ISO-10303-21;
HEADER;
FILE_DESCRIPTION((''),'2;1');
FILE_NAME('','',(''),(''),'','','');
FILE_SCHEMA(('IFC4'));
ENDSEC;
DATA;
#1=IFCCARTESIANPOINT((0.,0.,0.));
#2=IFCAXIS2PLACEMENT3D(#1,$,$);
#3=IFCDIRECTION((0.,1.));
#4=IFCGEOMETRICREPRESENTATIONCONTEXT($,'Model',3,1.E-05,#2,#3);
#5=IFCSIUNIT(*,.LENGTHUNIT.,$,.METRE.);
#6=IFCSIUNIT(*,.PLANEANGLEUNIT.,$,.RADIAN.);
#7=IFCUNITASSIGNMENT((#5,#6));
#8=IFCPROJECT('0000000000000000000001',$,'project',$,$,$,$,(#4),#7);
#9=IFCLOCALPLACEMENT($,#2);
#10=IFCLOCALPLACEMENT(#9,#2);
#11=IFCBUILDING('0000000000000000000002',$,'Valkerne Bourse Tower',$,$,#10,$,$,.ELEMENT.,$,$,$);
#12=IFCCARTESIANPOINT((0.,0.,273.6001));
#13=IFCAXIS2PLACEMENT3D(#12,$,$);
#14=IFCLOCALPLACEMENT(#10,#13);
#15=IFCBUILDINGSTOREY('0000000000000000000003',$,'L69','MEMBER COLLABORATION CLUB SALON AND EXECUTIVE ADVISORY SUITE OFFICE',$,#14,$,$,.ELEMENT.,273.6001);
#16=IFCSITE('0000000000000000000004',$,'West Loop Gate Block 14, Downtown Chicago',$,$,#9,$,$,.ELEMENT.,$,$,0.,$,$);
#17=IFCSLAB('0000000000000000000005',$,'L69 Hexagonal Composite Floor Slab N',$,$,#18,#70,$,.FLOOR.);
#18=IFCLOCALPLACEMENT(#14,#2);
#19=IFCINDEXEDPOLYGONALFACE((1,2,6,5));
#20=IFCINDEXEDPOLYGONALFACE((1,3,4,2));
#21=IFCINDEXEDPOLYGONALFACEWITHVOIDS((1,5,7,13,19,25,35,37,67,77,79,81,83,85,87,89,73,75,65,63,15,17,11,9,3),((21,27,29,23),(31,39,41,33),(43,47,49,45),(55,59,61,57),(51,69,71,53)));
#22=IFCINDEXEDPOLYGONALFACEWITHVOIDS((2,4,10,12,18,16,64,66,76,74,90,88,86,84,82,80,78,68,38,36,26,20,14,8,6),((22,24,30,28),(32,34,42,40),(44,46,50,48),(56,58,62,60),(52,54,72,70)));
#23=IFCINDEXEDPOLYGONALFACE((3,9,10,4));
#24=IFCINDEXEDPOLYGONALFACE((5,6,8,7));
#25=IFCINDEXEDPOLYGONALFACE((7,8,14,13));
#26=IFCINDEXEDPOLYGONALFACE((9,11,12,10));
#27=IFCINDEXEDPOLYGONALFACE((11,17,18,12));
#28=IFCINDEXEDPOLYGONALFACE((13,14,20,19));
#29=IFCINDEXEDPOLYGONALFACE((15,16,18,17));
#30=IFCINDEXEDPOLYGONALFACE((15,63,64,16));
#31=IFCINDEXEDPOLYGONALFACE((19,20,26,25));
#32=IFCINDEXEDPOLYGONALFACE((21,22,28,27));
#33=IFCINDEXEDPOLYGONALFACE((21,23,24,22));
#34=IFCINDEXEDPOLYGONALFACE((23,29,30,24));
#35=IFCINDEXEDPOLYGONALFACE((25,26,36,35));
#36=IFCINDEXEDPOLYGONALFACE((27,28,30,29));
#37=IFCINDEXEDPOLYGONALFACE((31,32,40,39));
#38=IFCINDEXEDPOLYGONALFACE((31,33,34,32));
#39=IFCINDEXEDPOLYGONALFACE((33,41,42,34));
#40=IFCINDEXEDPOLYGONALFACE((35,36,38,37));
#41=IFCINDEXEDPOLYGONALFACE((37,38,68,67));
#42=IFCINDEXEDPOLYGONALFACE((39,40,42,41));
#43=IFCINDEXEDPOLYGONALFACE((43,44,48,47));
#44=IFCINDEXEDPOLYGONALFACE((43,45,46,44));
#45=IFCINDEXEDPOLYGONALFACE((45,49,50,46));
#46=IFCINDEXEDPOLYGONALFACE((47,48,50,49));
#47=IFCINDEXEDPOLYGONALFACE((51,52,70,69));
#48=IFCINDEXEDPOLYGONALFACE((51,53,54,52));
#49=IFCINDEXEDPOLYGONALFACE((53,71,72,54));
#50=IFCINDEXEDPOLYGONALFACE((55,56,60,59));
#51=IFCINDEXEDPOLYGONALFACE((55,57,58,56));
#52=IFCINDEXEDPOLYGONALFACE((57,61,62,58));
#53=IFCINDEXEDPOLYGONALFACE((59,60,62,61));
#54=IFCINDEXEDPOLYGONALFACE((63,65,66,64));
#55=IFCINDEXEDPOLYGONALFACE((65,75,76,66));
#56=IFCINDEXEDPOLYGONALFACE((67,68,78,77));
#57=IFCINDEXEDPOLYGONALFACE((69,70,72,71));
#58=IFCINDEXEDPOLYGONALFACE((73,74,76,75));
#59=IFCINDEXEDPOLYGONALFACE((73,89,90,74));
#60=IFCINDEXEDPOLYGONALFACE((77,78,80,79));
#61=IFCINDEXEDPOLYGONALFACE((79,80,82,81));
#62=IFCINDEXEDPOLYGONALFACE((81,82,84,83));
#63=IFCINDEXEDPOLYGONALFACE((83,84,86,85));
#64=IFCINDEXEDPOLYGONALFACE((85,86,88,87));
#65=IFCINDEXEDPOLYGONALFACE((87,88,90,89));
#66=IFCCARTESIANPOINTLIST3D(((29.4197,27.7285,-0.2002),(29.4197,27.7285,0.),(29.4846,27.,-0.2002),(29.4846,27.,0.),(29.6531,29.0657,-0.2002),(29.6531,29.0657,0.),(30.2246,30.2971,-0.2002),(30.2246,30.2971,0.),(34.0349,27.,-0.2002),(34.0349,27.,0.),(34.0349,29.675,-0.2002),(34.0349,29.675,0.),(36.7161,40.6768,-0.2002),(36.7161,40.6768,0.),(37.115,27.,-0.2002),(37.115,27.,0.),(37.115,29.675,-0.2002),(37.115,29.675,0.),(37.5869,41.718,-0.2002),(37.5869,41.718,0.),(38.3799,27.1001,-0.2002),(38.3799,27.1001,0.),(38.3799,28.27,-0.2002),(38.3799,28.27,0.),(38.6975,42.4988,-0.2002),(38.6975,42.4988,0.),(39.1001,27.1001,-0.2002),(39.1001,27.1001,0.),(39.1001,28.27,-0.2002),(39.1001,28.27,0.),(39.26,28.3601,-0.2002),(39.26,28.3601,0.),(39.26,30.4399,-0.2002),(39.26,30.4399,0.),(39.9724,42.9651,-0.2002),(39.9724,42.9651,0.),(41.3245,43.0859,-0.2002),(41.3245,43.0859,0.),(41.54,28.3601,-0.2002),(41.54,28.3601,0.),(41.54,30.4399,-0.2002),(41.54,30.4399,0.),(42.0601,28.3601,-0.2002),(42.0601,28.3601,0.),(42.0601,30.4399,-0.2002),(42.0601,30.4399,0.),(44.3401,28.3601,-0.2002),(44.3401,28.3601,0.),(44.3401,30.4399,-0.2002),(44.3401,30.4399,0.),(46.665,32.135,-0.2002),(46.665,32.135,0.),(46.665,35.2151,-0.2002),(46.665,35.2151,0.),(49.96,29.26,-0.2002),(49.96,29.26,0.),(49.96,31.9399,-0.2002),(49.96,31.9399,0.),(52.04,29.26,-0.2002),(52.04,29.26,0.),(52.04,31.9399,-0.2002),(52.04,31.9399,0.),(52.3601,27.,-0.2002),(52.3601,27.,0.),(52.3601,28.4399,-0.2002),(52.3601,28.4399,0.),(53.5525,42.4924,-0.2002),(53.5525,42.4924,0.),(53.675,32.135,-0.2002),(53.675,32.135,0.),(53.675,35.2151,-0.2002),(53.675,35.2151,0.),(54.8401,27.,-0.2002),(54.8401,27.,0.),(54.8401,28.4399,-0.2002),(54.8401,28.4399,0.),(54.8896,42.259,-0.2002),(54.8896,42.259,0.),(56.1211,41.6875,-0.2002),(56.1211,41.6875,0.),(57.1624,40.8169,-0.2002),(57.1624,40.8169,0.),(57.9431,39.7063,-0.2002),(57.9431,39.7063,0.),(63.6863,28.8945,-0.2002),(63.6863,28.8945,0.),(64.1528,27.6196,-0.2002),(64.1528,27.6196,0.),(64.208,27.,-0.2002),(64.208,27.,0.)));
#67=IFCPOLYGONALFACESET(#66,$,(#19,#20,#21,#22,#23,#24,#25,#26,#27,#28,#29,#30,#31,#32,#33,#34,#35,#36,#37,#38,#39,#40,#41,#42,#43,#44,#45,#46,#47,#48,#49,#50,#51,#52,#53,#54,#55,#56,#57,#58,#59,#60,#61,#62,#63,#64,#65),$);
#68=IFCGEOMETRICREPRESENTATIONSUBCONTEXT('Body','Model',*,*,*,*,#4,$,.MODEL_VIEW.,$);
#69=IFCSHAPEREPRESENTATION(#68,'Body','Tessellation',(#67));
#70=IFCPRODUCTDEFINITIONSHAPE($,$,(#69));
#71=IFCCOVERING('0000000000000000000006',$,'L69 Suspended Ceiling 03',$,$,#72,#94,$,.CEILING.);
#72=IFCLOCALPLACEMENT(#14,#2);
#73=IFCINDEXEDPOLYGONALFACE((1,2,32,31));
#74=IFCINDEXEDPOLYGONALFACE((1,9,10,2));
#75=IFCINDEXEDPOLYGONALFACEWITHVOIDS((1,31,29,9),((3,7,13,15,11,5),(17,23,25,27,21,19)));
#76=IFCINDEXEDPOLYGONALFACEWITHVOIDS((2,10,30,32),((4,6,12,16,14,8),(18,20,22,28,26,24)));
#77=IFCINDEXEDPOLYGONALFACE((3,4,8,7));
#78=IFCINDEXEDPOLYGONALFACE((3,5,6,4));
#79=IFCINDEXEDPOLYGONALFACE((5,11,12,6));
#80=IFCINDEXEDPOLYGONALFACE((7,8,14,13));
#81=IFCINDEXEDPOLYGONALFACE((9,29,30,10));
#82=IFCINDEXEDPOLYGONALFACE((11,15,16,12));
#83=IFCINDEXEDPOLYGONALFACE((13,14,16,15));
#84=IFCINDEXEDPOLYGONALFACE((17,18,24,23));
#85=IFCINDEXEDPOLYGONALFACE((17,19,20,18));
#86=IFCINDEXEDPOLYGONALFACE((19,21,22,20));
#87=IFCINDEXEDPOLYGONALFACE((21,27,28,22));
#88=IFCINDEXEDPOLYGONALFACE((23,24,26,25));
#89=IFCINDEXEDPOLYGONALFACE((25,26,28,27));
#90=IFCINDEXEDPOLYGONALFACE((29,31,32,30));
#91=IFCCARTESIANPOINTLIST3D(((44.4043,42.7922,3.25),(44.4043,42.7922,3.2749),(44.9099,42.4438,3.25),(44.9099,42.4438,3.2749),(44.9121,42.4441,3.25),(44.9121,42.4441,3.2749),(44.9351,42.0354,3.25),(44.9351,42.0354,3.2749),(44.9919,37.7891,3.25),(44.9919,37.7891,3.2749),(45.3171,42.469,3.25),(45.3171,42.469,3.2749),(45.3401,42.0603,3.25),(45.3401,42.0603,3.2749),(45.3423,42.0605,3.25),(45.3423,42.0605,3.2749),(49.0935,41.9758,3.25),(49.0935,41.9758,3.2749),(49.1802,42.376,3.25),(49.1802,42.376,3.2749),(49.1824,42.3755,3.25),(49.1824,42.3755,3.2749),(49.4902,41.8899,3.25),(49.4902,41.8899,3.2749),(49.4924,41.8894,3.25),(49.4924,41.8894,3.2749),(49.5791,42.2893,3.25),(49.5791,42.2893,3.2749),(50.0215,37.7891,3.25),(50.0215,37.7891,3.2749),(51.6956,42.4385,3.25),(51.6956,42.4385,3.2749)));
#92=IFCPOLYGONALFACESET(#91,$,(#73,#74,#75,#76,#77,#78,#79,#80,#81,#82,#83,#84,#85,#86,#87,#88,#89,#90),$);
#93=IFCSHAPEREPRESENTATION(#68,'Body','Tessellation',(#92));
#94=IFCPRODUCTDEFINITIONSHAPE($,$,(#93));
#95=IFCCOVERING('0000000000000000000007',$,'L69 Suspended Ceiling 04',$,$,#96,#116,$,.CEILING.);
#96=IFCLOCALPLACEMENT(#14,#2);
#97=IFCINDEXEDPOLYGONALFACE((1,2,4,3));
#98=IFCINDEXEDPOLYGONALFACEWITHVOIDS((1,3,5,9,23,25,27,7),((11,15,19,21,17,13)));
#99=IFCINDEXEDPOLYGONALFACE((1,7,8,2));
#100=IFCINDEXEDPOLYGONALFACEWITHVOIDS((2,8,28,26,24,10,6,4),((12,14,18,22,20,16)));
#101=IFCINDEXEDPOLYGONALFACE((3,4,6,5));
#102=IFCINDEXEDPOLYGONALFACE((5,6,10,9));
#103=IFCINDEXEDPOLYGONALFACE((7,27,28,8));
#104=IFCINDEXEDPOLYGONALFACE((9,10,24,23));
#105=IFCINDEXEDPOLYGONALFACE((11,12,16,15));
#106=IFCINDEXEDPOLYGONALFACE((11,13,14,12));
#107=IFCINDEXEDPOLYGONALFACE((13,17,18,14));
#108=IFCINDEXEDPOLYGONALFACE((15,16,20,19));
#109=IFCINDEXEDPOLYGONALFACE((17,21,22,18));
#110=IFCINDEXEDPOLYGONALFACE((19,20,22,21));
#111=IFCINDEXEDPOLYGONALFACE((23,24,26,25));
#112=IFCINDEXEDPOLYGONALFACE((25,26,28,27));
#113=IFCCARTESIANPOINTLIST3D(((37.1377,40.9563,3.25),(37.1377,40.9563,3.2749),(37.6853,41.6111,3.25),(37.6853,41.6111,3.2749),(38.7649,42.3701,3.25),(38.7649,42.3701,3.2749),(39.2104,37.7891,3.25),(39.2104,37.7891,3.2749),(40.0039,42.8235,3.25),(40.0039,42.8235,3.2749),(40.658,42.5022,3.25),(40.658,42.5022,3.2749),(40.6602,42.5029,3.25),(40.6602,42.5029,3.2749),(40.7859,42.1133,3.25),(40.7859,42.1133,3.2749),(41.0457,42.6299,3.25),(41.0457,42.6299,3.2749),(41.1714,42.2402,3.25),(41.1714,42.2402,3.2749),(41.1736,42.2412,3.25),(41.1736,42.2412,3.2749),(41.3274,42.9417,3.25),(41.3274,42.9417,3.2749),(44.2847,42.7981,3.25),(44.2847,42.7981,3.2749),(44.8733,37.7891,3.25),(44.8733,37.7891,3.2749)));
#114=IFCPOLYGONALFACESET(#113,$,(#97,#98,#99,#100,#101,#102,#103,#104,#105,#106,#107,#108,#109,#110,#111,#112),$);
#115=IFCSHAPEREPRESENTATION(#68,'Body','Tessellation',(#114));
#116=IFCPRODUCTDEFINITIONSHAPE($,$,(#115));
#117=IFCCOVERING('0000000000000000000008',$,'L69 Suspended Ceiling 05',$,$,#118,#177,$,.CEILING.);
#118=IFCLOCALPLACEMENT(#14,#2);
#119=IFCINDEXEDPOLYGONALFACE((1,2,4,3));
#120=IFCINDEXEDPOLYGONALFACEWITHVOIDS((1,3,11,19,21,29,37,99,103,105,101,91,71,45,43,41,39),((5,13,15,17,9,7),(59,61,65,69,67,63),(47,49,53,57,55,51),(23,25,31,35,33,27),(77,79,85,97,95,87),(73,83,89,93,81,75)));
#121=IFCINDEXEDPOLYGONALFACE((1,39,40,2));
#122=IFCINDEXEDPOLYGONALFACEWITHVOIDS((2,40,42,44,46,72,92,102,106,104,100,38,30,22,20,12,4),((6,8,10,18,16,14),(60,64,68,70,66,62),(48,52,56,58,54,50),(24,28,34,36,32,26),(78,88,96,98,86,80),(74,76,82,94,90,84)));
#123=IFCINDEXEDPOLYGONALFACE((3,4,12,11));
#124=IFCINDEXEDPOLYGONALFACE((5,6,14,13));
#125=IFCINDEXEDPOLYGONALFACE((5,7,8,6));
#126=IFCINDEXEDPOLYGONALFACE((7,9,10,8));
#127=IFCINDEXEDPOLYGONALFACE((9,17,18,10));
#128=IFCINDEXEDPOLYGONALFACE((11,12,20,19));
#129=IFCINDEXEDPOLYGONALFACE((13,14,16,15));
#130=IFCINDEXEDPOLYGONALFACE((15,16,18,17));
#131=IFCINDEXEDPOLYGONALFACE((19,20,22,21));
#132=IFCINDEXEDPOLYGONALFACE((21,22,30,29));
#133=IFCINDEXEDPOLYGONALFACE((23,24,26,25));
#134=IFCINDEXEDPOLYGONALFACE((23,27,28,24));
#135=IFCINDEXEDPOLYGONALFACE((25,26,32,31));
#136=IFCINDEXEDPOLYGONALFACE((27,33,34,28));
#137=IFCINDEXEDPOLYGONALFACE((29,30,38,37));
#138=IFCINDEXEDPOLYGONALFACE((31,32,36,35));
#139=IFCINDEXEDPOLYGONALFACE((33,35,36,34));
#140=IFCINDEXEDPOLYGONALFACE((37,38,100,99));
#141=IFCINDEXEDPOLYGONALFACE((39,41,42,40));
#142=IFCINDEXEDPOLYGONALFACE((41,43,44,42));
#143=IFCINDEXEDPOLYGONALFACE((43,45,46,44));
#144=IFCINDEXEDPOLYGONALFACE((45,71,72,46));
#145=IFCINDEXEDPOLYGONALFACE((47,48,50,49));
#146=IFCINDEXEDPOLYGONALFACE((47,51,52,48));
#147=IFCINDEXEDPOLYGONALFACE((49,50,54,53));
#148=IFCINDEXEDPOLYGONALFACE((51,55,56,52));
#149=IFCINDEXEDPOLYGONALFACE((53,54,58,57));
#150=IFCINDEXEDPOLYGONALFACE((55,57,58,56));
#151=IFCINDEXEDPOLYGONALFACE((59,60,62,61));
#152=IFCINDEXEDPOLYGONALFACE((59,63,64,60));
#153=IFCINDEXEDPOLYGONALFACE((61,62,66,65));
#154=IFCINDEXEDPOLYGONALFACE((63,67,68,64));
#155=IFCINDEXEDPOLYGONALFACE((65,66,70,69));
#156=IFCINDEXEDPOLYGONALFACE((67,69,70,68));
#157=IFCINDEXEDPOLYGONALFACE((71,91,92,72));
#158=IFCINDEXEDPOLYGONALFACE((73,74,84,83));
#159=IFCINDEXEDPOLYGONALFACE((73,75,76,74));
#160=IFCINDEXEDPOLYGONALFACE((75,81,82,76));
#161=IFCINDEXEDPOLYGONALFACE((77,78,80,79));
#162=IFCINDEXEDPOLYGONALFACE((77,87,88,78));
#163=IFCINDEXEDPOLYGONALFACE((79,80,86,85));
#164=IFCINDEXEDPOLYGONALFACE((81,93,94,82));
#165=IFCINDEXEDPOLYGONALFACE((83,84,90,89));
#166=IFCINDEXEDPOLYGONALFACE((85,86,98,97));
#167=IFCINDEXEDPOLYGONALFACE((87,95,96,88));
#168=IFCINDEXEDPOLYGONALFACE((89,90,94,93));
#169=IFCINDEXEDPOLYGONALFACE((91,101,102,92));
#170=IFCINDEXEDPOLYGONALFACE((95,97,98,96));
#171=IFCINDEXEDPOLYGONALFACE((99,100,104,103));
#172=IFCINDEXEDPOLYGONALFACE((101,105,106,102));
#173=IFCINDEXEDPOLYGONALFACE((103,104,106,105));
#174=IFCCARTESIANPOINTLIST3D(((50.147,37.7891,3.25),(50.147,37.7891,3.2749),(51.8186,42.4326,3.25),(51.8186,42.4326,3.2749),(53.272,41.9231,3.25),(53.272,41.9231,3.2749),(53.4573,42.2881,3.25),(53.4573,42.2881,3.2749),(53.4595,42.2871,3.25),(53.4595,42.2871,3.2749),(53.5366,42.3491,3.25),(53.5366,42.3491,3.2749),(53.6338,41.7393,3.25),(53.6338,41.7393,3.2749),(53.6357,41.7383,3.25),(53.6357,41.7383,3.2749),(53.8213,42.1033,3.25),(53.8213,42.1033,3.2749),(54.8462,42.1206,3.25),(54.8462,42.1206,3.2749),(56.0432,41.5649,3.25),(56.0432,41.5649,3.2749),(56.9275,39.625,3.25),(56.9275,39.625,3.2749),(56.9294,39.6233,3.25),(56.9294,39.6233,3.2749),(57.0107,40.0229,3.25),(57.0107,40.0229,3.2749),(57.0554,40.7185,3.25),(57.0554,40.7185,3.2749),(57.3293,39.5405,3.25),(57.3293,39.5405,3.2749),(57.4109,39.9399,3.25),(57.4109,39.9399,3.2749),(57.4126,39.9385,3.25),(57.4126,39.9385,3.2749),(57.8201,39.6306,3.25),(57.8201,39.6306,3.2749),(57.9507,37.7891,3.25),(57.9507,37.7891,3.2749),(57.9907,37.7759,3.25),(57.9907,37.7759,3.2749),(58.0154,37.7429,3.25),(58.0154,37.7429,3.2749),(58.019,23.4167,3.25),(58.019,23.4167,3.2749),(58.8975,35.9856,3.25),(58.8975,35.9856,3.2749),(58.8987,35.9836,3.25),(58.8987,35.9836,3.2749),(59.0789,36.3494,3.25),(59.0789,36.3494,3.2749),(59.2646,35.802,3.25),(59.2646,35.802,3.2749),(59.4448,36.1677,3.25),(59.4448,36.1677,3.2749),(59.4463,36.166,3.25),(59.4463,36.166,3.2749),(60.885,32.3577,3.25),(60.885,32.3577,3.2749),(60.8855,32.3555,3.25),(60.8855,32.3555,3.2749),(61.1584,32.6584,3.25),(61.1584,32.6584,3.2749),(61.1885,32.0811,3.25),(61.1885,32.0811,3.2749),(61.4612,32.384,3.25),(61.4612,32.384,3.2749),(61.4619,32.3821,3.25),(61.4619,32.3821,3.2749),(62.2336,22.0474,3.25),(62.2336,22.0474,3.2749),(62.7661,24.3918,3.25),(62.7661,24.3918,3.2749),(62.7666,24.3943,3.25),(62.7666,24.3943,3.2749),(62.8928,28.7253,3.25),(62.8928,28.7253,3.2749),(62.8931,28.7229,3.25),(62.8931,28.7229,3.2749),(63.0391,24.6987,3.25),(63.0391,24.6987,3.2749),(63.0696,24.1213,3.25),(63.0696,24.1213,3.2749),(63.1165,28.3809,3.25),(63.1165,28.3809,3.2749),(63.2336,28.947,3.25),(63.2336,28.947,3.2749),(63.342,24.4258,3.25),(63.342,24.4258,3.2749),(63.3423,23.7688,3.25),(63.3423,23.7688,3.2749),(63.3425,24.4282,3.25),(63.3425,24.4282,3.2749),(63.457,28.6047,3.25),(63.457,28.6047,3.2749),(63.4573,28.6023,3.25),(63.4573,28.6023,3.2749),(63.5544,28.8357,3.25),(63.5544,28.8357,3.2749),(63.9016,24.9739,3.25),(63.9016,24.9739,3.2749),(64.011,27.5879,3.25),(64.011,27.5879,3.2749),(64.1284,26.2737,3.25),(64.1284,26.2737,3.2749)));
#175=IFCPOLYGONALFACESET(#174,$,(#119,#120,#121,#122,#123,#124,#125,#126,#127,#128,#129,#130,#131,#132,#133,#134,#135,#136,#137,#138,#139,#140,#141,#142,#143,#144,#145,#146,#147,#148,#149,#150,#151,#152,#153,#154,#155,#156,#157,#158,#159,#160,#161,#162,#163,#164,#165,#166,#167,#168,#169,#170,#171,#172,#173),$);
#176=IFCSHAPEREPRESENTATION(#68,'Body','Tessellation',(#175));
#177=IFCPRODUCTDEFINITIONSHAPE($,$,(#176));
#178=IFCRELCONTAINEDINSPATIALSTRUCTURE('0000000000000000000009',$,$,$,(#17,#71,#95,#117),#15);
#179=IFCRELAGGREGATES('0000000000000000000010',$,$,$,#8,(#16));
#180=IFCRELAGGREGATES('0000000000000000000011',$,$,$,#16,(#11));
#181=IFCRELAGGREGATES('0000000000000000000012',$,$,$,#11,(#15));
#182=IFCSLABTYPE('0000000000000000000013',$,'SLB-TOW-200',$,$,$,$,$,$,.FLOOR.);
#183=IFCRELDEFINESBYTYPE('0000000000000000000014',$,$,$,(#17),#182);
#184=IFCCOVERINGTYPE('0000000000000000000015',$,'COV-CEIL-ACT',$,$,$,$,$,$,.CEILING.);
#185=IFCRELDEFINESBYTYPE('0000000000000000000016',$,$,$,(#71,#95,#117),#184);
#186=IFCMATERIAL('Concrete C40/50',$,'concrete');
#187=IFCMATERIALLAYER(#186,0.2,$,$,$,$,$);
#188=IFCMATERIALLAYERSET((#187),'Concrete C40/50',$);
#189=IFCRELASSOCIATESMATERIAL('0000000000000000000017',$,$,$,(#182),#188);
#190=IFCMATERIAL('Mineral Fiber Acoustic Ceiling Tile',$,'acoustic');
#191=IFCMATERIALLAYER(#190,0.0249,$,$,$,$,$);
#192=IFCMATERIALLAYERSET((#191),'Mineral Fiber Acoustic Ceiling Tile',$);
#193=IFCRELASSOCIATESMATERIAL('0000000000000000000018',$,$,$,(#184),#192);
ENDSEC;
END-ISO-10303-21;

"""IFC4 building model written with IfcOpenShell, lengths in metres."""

from ifc_helpers import new_model, si_unit, direction, frame, origin, place, context, subcontext, project, spatial, polyline, outline, extrude, material, layer, layer_set, type_object, element, save


model = new_model("IFC4")

# Units and contexts
model_context = context("Model", 3, precision=1e-05, world=origin(), true_north=direction((0.0, 1.0)))
body_context = subcontext(model_context, "Body", "Model", "MODEL_VIEW")
ifc_project = project(units=[si_unit("LENGTHUNIT", "METRE"), si_unit("PLANEANGLEUNIT", "RADIAN")], contexts=[model_context])

# Site, building, storey
site_placement = place(None, origin())
site = spatial("IfcSite", under=ifc_project, at=site_placement, Name="West Loop Gate Block 14, Downtown Chicago", CompositionType="ELEMENT", RefElevation=0.0)
building_placement = place(site_placement, origin())
building = spatial("IfcBuilding", under=site, at=building_placement, Name="Valkerne Bourse Tower", CompositionType="ELEMENT")
storey_placement = place(building_placement, frame((0.0, 0.0, 273.6001)))
storey = spatial("IfcBuildingStorey", under=building, at=storey_placement, Name="L69", Description="MEMBER COLLABORATION CLUB SALON AND EXECUTIVE ADVISORY SUITE OFFICE", CompositionType="ELEMENT", Elevation=273.6001)

# Shared definitions
ifc_material_1 = material(Name="Concrete C40/50", Category="concrete")

# Slab
ifc_layer_1 = layer(ifc_material_1, 0.2)
ifc_layer_set_1 = layer_set([ifc_layer_1], Name="Concrete C40/50")
slab_type_1 = type_object("IfcSlabType", Name="SLB-TOW-200", PredefinedType="FLOOR", material=ifc_layer_set_1)
slab_1_placement = place(storey_placement, frame((0.0, 0.0, -0.2002)))
element("IfcSlab", 1, at=slab_1_placement, inside=storey, type_object=slab_type_1, Name="L69 Hexagonal Composite Floor Slab N", PredefinedType="FLOOR", context=body_context, shape_type="SweptSolid", body=[
    extrude(outline(polyline([(64.1528, 27.6196), (64.208, 27.0), (54.8401, 27.0), (54.8401, 28.4399), (52.3601, 28.4399), (52.3601, 27.0), (37.115, 27.0), (37.115, 29.675), (34.0349, 29.675), (34.0349, 27.0), (29.4846, 27.0), (29.4197, 27.7285), (29.6531, 29.0657), (30.2246, 30.2971), (36.7161, 40.6768), (37.5869, 41.718), (38.6975, 42.4988), (39.9724, 42.9651), (41.3245, 43.0859), (53.5525, 42.4924), (54.8896, 42.259), (56.1211, 41.6875), (57.1624, 40.8169), (57.9431, 39.7063), (63.6863, 28.8945), (64.1528, 27.6196)]), holes=[polyline([(39.1001, 28.27), (38.3799, 28.27), (38.3799, 27.1001), (39.1001, 27.1001), (39.1001, 28.27)]), polyline([(41.54, 30.4399), (39.26, 30.4399), (39.26, 28.3601), (41.54, 28.3601), (41.54, 30.4399)]), polyline([(42.0601, 30.4399), (42.0601, 28.3601), (44.3401, 28.3601), (44.3401, 30.4399), (42.0601, 30.4399)]), polyline([(52.04, 31.9399), (49.96, 31.9399), (49.96, 29.26), (52.04, 29.26), (52.04, 31.9399)]), polyline([(53.675, 35.2151), (46.665, 35.2151), (46.665, 32.135), (53.675, 32.135), (53.675, 35.2151)])]), origin(), (0.0, 0.0, 1.0), 0.2002),
])

# Coverings
ifc_material_2 = material(Name="Mineral Fiber Acoustic Ceiling Tile", Category="acoustic")
ifc_layer_2 = layer(ifc_material_2, 0.0249)
ifc_layer_set_2 = layer_set([ifc_layer_2], Name="Mineral Fiber Acoustic Ceiling Tile")
covering_type_1 = type_object("IfcCoveringType", Name="COV-CEIL-ACT", PredefinedType="CEILING", material=ifc_layer_set_2)
covering_1_placement = place(storey_placement, frame((0.0, 0.0, 3.25)))
element("IfcCovering", 2, at=covering_1_placement, inside=storey, type_object=covering_type_1, Name="L69 Suspended Ceiling 03", PredefinedType="CEILING", context=body_context, shape_type="SweptSolid", body=[
    extrude(outline(polyline([(44.9919, 37.7891), (44.4043, 42.7922), (51.6956, 42.4385), (50.0215, 37.7891), (44.9919, 37.7891)]), holes=[polyline([(45.3401, 42.0603), (45.3423, 42.0605), (45.3171, 42.469), (44.9121, 42.4441), (44.9099, 42.4438), (44.9351, 42.0354), (45.3401, 42.0603)]), polyline([(49.5791, 42.2893), (49.1824, 42.3755), (49.1802, 42.376), (49.0935, 41.9758), (49.4902, 41.8899), (49.4924, 41.8894), (49.5791, 42.2893)])]), origin(), (0.0, 0.0, 1.0), 0.0249),
])
covering_2_placement = place(storey_placement, frame((0.0, 0.0, 3.25)))
element("IfcCovering", 3, at=covering_2_placement, inside=storey, type_object=covering_type_1, Name="L69 Suspended Ceiling 04", PredefinedType="CEILING", context=body_context, shape_type="SweptSolid", body=[
    extrude(outline(polyline([(40.0039, 42.8235), (41.3274, 42.9417), (44.2847, 42.7981), (44.8733, 37.7891), (39.2104, 37.7891), (37.1377, 40.9563), (37.6853, 41.6111), (38.7649, 42.3701), (40.0039, 42.8235)]), holes=[polyline([(41.1736, 42.2412), (41.0457, 42.6299), (40.6602, 42.5029), (40.658, 42.5022), (40.7859, 42.1133), (41.1714, 42.2402), (41.1736, 42.2412)])]), origin(), (0.0, 0.0, 1.0), 0.0249),
])
covering_3_placement = place(storey_placement, frame((0.0, 0.0, 3.25)))
element("IfcCovering", 4, at=covering_3_placement, inside=storey, type_object=covering_type_1, Name="L69 Suspended Ceiling 05", PredefinedType="CEILING", context=body_context, shape_type="SweptSolid", body=[
    extrude(outline(polyline([(63.9016, 24.9739), (63.3423, 23.7688), (62.2336, 22.0474), (58.019, 23.4167), (58.0154, 37.7429), (57.9907, 37.7759), (57.9507, 37.7891), (50.147, 37.7891), (51.8186, 42.4326), (53.5366, 42.3491), (54.8462, 42.1206), (56.0432, 41.5649), (57.0554, 40.7185), (57.8201, 39.6306), (63.5544, 28.8357), (64.011, 27.5879), (64.1284, 26.2737), (63.9016, 24.9739)]), holes=[polyline([(63.3425, 24.4282), (63.0391, 24.6987), (62.7666, 24.3943), (62.7661, 24.3918), (63.0696, 24.1213), (63.342, 24.4258), (63.3425, 24.4282)]), polyline([(63.457, 28.6047), (63.2336, 28.947), (62.8928, 28.7253), (62.8931, 28.7229), (63.1165, 28.3809), (63.4573, 28.6023), (63.457, 28.6047)]), polyline([(61.4612, 32.384), (61.1584, 32.6584), (60.885, 32.3577), (60.8855, 32.3555), (61.1885, 32.0811), (61.4619, 32.3821), (61.4612, 32.384)]), polyline([(59.4448, 36.1677), (59.0789, 36.3494), (58.8975, 35.9856), (58.8987, 35.9836), (59.2646, 35.802), (59.4463, 36.166), (59.4448, 36.1677)]), polyline([(57.4109, 39.9399), (57.0107, 40.0229), (56.9275, 39.625), (56.9294, 39.6233), (57.3293, 39.5405), (57.4126, 39.9385), (57.4109, 39.9399)]), polyline([(53.4595, 42.2871), (53.4573, 42.2881), (53.272, 41.9231), (53.6338, 41.7393), (53.6357, 41.7383), (53.8213, 42.1033), (53.4595, 42.2871)])]), origin(), (0.0, 0.0, 1.0), 0.0249),
])

save(model, "model.ifc")
